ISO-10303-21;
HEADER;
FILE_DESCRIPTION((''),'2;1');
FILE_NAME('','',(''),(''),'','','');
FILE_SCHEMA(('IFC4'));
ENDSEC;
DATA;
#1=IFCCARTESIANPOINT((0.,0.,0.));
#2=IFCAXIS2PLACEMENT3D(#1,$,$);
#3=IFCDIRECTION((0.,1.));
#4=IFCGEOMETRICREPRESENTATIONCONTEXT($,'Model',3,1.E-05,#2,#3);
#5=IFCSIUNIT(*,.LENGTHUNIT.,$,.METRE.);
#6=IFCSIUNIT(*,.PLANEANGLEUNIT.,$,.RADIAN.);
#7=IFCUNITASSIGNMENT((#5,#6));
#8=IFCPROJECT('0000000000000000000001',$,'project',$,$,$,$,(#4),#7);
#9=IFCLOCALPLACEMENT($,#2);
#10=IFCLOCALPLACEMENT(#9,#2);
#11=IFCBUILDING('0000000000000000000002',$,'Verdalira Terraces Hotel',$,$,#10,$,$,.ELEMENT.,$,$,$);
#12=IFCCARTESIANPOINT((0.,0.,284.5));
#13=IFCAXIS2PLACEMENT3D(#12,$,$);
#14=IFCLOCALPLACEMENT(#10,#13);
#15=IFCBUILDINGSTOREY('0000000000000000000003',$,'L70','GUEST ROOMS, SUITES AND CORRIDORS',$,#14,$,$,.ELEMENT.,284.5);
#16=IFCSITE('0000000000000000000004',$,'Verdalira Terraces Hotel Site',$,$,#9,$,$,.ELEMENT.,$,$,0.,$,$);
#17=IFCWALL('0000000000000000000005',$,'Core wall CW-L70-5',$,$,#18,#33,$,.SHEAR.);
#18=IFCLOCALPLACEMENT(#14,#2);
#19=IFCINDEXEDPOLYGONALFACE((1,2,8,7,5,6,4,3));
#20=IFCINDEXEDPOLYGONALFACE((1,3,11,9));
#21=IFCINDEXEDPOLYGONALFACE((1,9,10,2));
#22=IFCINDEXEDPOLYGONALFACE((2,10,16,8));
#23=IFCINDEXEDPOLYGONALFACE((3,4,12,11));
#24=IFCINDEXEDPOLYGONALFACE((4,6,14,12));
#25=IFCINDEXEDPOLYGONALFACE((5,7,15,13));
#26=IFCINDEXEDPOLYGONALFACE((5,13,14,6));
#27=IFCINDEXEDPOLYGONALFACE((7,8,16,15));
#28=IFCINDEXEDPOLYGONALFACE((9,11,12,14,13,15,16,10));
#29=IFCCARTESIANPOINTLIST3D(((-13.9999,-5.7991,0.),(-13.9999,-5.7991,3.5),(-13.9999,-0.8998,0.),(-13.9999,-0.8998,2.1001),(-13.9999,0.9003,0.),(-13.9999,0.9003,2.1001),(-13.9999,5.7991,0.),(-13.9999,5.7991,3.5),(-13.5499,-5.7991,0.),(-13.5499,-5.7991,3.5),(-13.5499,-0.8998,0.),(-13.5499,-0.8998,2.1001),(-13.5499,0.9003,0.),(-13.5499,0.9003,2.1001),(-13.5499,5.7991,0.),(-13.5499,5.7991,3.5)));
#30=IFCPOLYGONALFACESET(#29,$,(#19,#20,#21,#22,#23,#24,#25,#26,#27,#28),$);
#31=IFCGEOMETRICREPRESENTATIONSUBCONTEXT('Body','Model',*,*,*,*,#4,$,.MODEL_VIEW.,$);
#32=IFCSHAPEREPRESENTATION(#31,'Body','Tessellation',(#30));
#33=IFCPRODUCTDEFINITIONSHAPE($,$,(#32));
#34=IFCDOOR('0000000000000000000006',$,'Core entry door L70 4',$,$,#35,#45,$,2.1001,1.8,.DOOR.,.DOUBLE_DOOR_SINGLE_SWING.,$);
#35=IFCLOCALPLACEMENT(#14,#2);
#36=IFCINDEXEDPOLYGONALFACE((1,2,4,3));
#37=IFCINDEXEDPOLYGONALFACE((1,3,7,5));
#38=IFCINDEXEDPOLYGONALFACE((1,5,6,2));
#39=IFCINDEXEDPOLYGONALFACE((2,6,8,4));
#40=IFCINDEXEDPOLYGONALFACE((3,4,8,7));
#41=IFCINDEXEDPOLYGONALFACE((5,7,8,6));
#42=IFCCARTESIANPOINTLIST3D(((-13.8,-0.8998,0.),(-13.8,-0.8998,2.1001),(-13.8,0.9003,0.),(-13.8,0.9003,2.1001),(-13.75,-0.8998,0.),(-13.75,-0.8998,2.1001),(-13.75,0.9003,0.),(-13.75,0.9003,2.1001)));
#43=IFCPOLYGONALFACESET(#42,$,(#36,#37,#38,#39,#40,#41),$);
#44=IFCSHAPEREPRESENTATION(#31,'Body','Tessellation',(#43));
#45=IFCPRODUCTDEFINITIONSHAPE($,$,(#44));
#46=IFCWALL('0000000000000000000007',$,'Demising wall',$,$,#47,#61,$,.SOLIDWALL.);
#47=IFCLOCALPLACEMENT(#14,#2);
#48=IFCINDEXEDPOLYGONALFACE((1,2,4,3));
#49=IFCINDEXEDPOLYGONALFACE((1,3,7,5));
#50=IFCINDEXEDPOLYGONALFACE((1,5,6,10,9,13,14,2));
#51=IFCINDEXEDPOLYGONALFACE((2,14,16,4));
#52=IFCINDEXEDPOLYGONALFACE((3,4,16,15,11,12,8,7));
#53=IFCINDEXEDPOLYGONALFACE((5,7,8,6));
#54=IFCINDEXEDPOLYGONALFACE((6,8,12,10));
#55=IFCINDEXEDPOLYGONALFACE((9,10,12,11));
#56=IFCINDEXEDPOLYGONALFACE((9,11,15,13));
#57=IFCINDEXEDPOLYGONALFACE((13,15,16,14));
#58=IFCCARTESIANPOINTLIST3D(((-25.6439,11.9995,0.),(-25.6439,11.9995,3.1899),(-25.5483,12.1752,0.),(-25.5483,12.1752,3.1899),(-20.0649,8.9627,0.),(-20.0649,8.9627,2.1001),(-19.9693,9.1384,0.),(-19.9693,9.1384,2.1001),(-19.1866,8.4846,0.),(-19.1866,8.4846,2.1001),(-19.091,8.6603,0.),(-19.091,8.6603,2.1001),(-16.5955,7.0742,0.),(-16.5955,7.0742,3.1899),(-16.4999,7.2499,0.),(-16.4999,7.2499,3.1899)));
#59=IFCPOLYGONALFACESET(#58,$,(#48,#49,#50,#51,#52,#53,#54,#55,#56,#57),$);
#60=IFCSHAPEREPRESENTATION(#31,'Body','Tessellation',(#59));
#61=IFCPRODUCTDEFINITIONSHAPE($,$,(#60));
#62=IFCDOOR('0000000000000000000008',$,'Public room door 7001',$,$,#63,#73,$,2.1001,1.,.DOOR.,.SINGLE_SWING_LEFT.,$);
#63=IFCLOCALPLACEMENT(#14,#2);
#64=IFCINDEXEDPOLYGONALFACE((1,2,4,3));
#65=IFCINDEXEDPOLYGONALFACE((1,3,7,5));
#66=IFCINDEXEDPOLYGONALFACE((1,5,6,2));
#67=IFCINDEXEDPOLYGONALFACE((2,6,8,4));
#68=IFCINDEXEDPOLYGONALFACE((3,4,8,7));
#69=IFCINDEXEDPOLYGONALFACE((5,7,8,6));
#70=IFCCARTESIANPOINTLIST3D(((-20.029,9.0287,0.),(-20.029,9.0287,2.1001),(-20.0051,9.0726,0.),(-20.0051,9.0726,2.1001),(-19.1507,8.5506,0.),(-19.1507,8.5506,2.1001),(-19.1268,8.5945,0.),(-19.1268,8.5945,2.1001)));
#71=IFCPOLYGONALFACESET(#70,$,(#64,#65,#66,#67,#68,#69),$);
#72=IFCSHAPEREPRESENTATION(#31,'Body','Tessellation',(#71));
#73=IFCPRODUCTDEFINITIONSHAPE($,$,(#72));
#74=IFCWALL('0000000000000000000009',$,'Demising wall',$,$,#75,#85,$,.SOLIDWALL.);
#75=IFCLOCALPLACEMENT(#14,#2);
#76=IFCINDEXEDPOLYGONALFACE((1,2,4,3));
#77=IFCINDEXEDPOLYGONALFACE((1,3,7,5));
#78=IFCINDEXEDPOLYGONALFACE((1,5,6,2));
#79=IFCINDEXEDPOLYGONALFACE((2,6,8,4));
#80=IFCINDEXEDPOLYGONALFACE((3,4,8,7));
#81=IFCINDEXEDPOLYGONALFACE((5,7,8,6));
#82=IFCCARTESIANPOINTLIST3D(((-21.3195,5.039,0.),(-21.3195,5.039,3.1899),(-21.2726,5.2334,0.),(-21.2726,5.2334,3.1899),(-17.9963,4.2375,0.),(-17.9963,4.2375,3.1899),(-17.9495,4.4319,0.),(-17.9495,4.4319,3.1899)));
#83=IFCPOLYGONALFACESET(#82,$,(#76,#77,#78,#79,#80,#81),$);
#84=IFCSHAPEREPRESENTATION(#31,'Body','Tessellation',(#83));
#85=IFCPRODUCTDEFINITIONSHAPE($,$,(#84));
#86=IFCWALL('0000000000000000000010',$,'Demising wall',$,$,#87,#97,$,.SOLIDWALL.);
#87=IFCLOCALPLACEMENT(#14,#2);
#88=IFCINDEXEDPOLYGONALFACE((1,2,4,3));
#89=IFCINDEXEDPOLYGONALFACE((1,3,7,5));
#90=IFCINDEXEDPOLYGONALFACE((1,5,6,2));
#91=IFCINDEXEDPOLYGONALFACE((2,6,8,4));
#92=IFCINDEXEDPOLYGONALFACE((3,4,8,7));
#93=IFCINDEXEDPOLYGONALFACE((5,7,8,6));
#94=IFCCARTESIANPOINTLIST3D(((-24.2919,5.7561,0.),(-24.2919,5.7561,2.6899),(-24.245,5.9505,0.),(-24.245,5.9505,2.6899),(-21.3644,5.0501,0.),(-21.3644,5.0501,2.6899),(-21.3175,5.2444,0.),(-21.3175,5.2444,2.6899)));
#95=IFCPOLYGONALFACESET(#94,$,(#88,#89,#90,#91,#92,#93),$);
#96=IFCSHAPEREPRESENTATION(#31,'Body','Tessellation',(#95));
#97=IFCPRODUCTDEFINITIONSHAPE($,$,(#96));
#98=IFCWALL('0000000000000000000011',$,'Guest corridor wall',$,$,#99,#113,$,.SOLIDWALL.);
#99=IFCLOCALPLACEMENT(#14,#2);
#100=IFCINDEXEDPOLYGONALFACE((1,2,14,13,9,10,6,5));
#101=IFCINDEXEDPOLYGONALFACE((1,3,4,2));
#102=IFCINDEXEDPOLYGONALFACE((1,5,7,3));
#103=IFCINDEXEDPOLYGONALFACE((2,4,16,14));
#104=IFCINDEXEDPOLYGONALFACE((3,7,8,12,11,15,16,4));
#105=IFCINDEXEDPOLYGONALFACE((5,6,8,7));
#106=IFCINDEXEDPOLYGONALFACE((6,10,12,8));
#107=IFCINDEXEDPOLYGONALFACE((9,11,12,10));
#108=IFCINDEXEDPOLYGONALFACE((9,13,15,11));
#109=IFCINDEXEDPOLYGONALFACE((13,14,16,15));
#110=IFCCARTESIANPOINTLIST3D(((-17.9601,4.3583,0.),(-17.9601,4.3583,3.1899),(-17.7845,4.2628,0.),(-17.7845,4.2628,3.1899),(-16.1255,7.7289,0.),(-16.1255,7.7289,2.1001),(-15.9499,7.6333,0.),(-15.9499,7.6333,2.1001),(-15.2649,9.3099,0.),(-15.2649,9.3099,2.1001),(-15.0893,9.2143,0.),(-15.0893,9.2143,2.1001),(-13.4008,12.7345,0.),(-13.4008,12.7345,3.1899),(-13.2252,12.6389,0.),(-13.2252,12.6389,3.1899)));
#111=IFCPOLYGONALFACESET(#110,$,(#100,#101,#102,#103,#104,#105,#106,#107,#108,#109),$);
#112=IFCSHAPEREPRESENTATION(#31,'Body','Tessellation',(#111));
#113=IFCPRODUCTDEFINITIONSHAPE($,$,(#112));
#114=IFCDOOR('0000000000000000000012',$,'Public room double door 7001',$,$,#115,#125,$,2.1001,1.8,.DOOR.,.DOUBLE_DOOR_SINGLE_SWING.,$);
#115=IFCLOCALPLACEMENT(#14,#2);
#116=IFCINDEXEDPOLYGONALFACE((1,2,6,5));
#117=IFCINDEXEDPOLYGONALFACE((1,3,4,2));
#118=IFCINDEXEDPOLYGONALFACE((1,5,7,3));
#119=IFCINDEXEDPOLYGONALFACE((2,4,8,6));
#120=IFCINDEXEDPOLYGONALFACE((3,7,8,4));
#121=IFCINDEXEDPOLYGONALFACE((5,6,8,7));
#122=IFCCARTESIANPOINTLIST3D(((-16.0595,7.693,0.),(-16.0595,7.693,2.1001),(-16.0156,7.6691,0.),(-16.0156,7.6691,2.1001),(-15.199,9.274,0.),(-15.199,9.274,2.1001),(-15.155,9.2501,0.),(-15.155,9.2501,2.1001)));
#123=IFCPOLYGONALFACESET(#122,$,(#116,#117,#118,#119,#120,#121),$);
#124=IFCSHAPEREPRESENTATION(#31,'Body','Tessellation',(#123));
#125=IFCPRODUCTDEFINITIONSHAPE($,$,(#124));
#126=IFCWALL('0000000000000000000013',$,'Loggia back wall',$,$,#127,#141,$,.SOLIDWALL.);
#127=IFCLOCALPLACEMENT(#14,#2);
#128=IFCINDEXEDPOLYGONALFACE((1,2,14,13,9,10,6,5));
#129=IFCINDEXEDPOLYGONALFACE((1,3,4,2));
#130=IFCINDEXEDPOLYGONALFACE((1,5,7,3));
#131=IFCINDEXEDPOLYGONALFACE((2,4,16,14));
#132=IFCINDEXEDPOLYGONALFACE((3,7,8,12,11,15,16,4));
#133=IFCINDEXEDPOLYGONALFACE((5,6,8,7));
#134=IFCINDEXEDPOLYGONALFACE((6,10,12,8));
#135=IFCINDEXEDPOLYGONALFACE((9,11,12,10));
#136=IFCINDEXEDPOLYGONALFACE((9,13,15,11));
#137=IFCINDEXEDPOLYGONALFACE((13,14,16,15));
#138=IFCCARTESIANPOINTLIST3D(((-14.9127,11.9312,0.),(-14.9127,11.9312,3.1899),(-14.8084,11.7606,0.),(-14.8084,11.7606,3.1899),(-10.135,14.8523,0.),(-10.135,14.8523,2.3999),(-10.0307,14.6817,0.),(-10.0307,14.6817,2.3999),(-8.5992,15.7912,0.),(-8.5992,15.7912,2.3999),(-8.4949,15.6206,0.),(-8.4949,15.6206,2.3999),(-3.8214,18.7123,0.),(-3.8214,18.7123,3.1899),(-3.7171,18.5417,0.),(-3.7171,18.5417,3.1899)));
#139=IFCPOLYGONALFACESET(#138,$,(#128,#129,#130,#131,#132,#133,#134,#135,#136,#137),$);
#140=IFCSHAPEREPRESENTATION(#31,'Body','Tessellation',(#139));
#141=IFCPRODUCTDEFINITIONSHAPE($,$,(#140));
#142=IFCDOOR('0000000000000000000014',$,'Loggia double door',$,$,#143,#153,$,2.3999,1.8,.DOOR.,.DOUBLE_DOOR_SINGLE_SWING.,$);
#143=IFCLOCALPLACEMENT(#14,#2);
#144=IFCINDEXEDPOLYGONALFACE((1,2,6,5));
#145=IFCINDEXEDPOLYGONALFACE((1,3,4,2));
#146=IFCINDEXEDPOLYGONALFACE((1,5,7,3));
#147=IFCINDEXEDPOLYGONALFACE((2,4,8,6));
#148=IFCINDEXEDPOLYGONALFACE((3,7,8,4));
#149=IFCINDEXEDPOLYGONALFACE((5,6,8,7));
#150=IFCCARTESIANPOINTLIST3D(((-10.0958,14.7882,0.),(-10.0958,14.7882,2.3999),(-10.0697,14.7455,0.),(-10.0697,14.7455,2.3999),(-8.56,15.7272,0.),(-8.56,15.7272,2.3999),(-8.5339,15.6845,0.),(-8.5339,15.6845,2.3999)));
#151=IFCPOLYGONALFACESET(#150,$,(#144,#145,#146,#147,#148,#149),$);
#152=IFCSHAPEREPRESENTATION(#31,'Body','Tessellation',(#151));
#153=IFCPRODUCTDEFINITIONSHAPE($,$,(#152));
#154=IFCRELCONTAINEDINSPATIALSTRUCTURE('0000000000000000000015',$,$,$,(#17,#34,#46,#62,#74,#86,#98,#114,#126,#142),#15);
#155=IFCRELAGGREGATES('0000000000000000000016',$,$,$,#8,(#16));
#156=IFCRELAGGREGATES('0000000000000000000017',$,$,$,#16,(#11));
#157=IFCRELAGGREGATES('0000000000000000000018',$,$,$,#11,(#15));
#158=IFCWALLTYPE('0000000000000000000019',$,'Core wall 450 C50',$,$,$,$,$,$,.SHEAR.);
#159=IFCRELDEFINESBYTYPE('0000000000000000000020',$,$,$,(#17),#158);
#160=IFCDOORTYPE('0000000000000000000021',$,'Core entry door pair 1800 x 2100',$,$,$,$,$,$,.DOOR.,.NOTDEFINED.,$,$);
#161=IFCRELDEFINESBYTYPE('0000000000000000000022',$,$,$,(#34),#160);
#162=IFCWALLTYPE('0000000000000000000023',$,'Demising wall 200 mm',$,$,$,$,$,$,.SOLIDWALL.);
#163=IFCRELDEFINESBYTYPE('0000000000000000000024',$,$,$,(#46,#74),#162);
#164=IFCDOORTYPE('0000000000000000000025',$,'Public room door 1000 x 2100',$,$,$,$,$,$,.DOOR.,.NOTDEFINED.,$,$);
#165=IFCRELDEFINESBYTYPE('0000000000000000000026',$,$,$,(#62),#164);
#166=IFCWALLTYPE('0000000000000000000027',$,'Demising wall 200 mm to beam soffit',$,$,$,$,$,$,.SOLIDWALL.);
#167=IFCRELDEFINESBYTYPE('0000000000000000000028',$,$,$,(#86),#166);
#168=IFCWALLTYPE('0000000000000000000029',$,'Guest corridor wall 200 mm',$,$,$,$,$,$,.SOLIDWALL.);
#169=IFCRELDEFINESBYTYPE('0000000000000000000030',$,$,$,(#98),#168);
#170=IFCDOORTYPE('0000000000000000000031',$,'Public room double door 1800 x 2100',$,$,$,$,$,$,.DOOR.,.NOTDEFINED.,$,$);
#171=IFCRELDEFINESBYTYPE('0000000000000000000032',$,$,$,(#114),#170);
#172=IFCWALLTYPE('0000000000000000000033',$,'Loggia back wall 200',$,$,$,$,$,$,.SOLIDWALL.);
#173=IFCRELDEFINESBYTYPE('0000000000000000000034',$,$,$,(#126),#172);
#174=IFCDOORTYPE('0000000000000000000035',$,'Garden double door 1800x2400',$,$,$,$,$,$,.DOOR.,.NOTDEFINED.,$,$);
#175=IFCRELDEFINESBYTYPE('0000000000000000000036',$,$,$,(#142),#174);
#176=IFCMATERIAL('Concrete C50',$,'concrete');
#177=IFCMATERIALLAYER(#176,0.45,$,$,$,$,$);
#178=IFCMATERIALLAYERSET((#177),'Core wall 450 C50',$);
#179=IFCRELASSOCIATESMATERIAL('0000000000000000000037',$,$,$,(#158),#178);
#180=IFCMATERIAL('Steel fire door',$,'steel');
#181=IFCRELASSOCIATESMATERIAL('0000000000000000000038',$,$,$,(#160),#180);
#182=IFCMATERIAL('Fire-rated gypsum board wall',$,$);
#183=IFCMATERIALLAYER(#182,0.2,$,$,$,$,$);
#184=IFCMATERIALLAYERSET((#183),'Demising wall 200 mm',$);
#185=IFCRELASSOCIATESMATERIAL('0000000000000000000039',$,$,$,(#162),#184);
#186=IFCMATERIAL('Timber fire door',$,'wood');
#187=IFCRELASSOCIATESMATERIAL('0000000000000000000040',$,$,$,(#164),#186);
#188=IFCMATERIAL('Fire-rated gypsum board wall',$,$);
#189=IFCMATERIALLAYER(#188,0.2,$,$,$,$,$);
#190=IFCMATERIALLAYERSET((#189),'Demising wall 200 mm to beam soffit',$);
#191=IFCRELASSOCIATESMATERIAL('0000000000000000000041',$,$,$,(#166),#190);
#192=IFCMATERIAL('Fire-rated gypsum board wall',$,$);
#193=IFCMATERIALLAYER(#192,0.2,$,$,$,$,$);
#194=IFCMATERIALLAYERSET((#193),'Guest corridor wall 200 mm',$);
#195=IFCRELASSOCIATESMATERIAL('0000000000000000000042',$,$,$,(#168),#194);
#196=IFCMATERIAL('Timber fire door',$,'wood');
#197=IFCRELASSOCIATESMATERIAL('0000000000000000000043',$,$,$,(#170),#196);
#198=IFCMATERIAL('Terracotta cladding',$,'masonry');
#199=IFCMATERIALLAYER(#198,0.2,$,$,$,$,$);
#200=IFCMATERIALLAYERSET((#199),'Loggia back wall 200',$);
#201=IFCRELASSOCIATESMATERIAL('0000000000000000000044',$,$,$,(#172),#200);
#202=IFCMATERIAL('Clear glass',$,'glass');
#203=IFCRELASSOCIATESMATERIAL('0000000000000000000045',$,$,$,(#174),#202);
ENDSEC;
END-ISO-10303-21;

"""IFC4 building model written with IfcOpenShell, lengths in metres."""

from ifc_helpers import new_model, si_unit, direction, frame, frame_2d, origin, place, context, subcontext, project, spatial, rectangle, extrude, material, layer, layer_set, type_object, element, fill, save


model = new_model("IFC4")

# Units and contexts
model_context = context("Model", 3, precision=1e-05, world=origin(), true_north=direction((0.0, 1.0)))
body_context = subcontext(model_context, "Body", "Model", "MODEL_VIEW")
ifc_project = project(units=[si_unit("LENGTHUNIT", "METRE"), si_unit("PLANEANGLEUNIT", "RADIAN")], contexts=[model_context])

# Site, building, storey
site_placement = place(None, origin())
site = spatial("IfcSite", under=ifc_project, at=site_placement, Name="Verdalira Terraces Hotel Site", CompositionType="ELEMENT", RefElevation=0.0)
building_placement = place(site_placement, origin())
building = spatial("IfcBuilding", under=site, at=building_placement, Name="Verdalira Terraces Hotel", CompositionType="ELEMENT")
storey_placement = place(building_placement, frame((0.0, 0.0, 284.5)))
storey = spatial("IfcBuildingStorey", under=building, at=storey_placement, Name="L70", Description="GUEST ROOMS, SUITES AND CORRIDORS", CompositionType="ELEMENT", Elevation=284.5)

# Walls, openings, doors
ifc_material_1 = material(Name="Concrete C50", Category="concrete")
ifc_layer_1 = layer(ifc_material_1, 0.45)
ifc_layer_set_1 = layer_set([ifc_layer_1], Name="Core wall 450 C50")
wall_type_1 = type_object("IfcWallType", Name="Core wall 450 C50", PredefinedType="SHEAR", material=ifc_layer_set_1)
wall_1_placement = place(storey_placement, frame((-13.7749, 5.7991, 0.0), z_axis=(0.0, 0.0, 1.0), x_axis=(0.0, -1.0, 0.0)))
wall_1 = element("IfcWall", 1, at=wall_1_placement, inside=storey, type_object=wall_type_1, Name="Core wall CW-L70-5", PredefinedType="SHEAR", context=body_context, shape_type="SweptSolid", body=[
    extrude(rectangle(XDim=11.5981, YDim=0.45, at=frame_2d((5.7991, 0.0))), origin(), (0.0, 0.0, 1.0), 3.5),
])
opening_1_placement = place(wall_1_placement, frame((4.8989, 0.0, 0.0)))
opening_1 = element("IfcOpeningElement", 2, at=opening_1_placement, cuts=wall_1, PredefinedType="OPENING", context=body_context, shape_type="SweptSolid", body=[
    extrude(rectangle(XDim=1.8, YDim=2.1001, at=frame_2d((0.8999, 1.05))), frame((0.0, 0.2349, 0.0), z_axis=(0.0, -1.0, 0.0), x_axis=(1.0, 0.0, 0.0)), (0.0, 0.0, 1.0), 0.47),
])
ifc_material_2 = material(Name="Steel fire door", Category="steel")
door_type_1 = type_object("IfcDoorType", Name="Core entry door pair 1800 x 2100", OperationType="NOTDEFINED", PredefinedType="DOOR", material=ifc_material_2)
door_1_placement = place(opening_1_placement, origin())
door_1 = element("IfcDoor", 3, at=door_1_placement, inside=storey, type_object=door_type_1, Name="Core entry door L70 4", OperationType="DOUBLE_DOOR_SINGLE_SWING", OverallHeight=2.1001, OverallWidth=1.8, PredefinedType="DOOR", context=body_context, shape_type="SweptSolid", body=[
    extrude(rectangle(XDim=1.8, YDim=2.1001, at=frame_2d((0.8999, 1.05))), frame((0.0, 0.0249, 0.0), z_axis=(0.0, -1.0, 0.0), x_axis=(1.0, 0.0, 0.0)), (0.0, 0.0, 1.0), 0.05),
])
fill(opening_1, door_1)
ifc_material_3 = material(Name="Fire-rated gypsum board wall")
ifc_layer_2 = layer(ifc_material_3, 0.2)
ifc_layer_set_2 = layer_set([ifc_layer_2], Name="Demising wall 200 mm")
wall_type_2 = type_object("IfcWallType", Name="Demising wall 200 mm", PredefinedType="SOLIDWALL", material=ifc_layer_set_2)
wall_2_placement = place(storey_placement, frame((-16.5479, 7.1621, 0.0), z_axis=(0.0, 0.0, 1.0), x_axis=(-0.87831, 0.478091, 0.0)))
wall_2 = element("IfcWall", 4, at=wall_2_placement, inside=storey, type_object=wall_type_2, Name="Demising wall", PredefinedType="SOLIDWALL", context=body_context, shape_type="SweptSolid", body=[
    extrude(rectangle(XDim=10.302, YDim=0.2, at=frame_2d((5.1509, 0.0))), origin(), (0.0, 0.0, 1.0), 3.1899),
])
opening_2_placement = place(wall_2_placement, frame((2.95, 0.0, 0.0)))
opening_2 = element("IfcOpeningElement", 5, at=opening_2_placement, cuts=wall_2, PredefinedType="OPENING", context=body_context, shape_type="SweptSolid", body=[
    extrude(rectangle(XDim=1.0, YDim=2.1001, at=frame_2d((0.5, 1.05))), frame((0.0, 0.1099, 0.0), z_axis=(0.0, -1.0, 0.0), x_axis=(1.0, 0.0, 0.0)), (0.0, 0.0, 1.0), 0.22),
])
ifc_material_4 = material(Name="Timber fire door", Category="wood")
door_type_2 = type_object("IfcDoorType", Name="Public room door 1000 x 2100", OperationType="NOTDEFINED", PredefinedType="DOOR", material=ifc_material_4)
door_2_placement = place(opening_2_placement, origin())
door_2 = element("IfcDoor", 6, at=door_2_placement, inside=storey, type_object=door_type_2, Name="Public room door 7001", OperationType="SINGLE_SWING_LEFT", OverallHeight=2.1001, OverallWidth=1.0, PredefinedType="DOOR", context=body_context, shape_type="SweptSolid", body=[
    extrude(rectangle(XDim=1.0, YDim=2.1001, at=frame_2d((0.5, 1.05))), frame((0.0, 0.0249, 0.0), z_axis=(0.0, -1.0, 0.0), x_axis=(1.0, 0.0, 0.0)), (0.0, 0.0, 1.0), 0.05),
])
fill(opening_2, door_2)

# Walls
wall_3_placement = place(storey_placement, frame((-17.9729, 4.3347, 0.0), z_axis=(0.0, 0.0, 1.0), x_axis=(-0.972125, 0.234461, 0.0)))
element("IfcWall", 7, at=wall_3_placement, inside=storey, type_object=wall_type_2, Name="Demising wall", PredefinedType="SOLIDWALL", context=body_context, shape_type="SweptSolid", body=[
    extrude(rectangle(XDim=3.4185, YDim=0.2, at=frame_2d((1.7092, 0.0))), origin(), (0.0, 0.0, 1.0), 3.1899),
])
ifc_material_5 = material(Name="Fire-rated gypsum board wall")
ifc_layer_3 = layer(ifc_material_5, 0.2)
ifc_layer_set_3 = layer_set([ifc_layer_3], Name="Demising wall 200 mm to beam soffit")
wall_type_3 = type_object("IfcWallType", Name="Demising wall 200 mm to beam soffit", PredefinedType="SOLIDWALL", material=ifc_layer_set_3)
wall_4_placement = place(storey_placement, frame((-21.3408, 5.1472, 0.0), z_axis=(0.0, 0.0, 1.0), x_axis=(-0.972126, 0.234458, 0.0)))
element("IfcWall", 8, at=wall_4_placement, inside=storey, type_object=wall_type_3, Name="Demising wall", PredefinedType="SOLIDWALL", context=body_context, shape_type="SweptSolid", body=[
    extrude(rectangle(XDim=3.0115, YDim=0.2, at=frame_2d((1.5059, 0.0))), origin(), (0.0, 0.0, 1.0), 2.6899),
])

# Walls, openings, doors
ifc_material_6 = material(Name="Fire-rated gypsum board wall")
ifc_layer_4 = layer(ifc_material_6, 0.2)
ifc_layer_set_4 = layer_set([ifc_layer_4], Name="Guest corridor wall 200 mm")
wall_type_4 = type_object("IfcWallType", Name="Guest corridor wall 200 mm", PredefinedType="SOLIDWALL", material=ifc_layer_set_4)
wall_5_placement = place(storey_placement, frame((-17.8723, 4.3105, 0.0), z_axis=(0.0, 0.0, 1.0), x_axis=(0.478082, 0.878315, 0.0)))
wall_5 = element("IfcWall", 9, at=wall_5_placement, inside=storey, type_object=wall_type_4, Name="Guest corridor wall", PredefinedType="SOLIDWALL", context=body_context, shape_type="SweptSolid", body=[
    extrude(rectangle(XDim=9.5366, YDim=0.2, at=frame_2d((4.7683, 0.0))), origin(), (0.0, 0.0, 1.0), 3.1899),
])
opening_3_placement = place(wall_5_placement, frame((3.8376, 0.0, 0.0)))
opening_3 = element("IfcOpeningElement", 10, at=opening_3_placement, cuts=wall_5, PredefinedType="OPENING", context=body_context, shape_type="SweptSolid", body=[
    extrude(rectangle(XDim=1.8, YDim=2.1001, at=frame_2d((0.8999, 1.05))), frame((0.0, 0.1099, 0.0), z_axis=(0.0, -1.0, 0.0), x_axis=(1.0, 0.0, 0.0)), (0.0, 0.0, 1.0), 0.22),
])
ifc_material_7 = material(Name="Timber fire door", Category="wood")
door_type_3 = type_object("IfcDoorType", Name="Public room double door 1800 x 2100", OperationType="NOTDEFINED", PredefinedType="DOOR", material=ifc_material_7)
door_3_placement = place(opening_3_placement, origin())
door_3 = element("IfcDoor", 11, at=door_3_placement, inside=storey, type_object=door_type_3, Name="Public room double door 7001", OperationType="DOUBLE_DOOR_SINGLE_SWING", OverallHeight=2.1001, OverallWidth=1.8, PredefinedType="DOOR", context=body_context, shape_type="SweptSolid", body=[
    extrude(rectangle(XDim=1.8, YDim=2.1001, at=frame_2d((0.8999, 1.05))), frame((0.0, 0.0249, 0.0), z_axis=(0.0, -1.0, 0.0), x_axis=(1.0, 0.0, 0.0)), (0.0, 0.0, 1.0), 0.05),
])
fill(opening_3, door_3)
ifc_material_8 = material(Name="Terracotta cladding", Category="masonry")
ifc_layer_5 = layer(ifc_material_8, 0.2)
ifc_layer_set_5 = layer_set([ifc_layer_5], Name="Loggia back wall 200")
wall_type_5 = type_object("IfcWallType", Name="Loggia back wall 200", PredefinedType="SOLIDWALL", material=ifc_layer_set_5)
wall_6_placement = place(storey_placement, frame((-14.8606, 11.8459, 0.0), z_axis=(0.0, 0.0, 1.0), x_axis=(0.85318, 0.521617, 0.0)))
wall_6 = element("IfcWall", 12, at=wall_6_placement, inside=storey, type_object=wall_type_5, Name="Loggia back wall", PredefinedType="SOLIDWALL", context=body_context, shape_type="SweptSolid", body=[
    extrude(rectangle(XDim=13.0, YDim=0.2, at=frame_2d((6.5, 0.0))), origin(), (0.0, 0.0, 1.0), 3.1899),
])
opening_4_placement = place(wall_6_placement, frame((5.6001, 0.0, 0.0)))
opening_4 = element("IfcOpeningElement", 13, at=opening_4_placement, cuts=wall_6, PredefinedType="OPENING", context=body_context, shape_type="SweptSolid", body=[
    extrude(rectangle(XDim=1.8, YDim=2.3999, at=frame_2d((0.8999, 1.2))), frame((0.0, 0.1099, 0.0), z_axis=(0.0, -1.0, 0.0), x_axis=(1.0, 0.0, 0.0)), (0.0, 0.0, 1.0), 0.22),
])
ifc_material_9 = material(Name="Clear glass", Category="glass")
door_type_4 = type_object("IfcDoorType", Name="Garden double door 1800x2400", OperationType="NOTDEFINED", PredefinedType="DOOR", material=ifc_material_9)
door_4_placement = place(opening_4_placement, origin())
door_4 = element("IfcDoor", 14, at=door_4_placement, inside=storey, type_object=door_type_4, Name="Loggia double door", OperationType="DOUBLE_DOOR_SINGLE_SWING", OverallHeight=2.3999, OverallWidth=1.8, PredefinedType="DOOR", context=body_context, shape_type="SweptSolid", body=[
    extrude(rectangle(XDim=1.8, YDim=2.3999, at=frame_2d((0.8999, 1.2))), frame((0.0, 0.0249, 0.0), z_axis=(0.0, -1.0, 0.0), x_axis=(1.0, 0.0, 0.0)), (0.0, 0.0, 1.0), 0.05),
])
fill(opening_4, door_4)

save(model, "model.ifc")
